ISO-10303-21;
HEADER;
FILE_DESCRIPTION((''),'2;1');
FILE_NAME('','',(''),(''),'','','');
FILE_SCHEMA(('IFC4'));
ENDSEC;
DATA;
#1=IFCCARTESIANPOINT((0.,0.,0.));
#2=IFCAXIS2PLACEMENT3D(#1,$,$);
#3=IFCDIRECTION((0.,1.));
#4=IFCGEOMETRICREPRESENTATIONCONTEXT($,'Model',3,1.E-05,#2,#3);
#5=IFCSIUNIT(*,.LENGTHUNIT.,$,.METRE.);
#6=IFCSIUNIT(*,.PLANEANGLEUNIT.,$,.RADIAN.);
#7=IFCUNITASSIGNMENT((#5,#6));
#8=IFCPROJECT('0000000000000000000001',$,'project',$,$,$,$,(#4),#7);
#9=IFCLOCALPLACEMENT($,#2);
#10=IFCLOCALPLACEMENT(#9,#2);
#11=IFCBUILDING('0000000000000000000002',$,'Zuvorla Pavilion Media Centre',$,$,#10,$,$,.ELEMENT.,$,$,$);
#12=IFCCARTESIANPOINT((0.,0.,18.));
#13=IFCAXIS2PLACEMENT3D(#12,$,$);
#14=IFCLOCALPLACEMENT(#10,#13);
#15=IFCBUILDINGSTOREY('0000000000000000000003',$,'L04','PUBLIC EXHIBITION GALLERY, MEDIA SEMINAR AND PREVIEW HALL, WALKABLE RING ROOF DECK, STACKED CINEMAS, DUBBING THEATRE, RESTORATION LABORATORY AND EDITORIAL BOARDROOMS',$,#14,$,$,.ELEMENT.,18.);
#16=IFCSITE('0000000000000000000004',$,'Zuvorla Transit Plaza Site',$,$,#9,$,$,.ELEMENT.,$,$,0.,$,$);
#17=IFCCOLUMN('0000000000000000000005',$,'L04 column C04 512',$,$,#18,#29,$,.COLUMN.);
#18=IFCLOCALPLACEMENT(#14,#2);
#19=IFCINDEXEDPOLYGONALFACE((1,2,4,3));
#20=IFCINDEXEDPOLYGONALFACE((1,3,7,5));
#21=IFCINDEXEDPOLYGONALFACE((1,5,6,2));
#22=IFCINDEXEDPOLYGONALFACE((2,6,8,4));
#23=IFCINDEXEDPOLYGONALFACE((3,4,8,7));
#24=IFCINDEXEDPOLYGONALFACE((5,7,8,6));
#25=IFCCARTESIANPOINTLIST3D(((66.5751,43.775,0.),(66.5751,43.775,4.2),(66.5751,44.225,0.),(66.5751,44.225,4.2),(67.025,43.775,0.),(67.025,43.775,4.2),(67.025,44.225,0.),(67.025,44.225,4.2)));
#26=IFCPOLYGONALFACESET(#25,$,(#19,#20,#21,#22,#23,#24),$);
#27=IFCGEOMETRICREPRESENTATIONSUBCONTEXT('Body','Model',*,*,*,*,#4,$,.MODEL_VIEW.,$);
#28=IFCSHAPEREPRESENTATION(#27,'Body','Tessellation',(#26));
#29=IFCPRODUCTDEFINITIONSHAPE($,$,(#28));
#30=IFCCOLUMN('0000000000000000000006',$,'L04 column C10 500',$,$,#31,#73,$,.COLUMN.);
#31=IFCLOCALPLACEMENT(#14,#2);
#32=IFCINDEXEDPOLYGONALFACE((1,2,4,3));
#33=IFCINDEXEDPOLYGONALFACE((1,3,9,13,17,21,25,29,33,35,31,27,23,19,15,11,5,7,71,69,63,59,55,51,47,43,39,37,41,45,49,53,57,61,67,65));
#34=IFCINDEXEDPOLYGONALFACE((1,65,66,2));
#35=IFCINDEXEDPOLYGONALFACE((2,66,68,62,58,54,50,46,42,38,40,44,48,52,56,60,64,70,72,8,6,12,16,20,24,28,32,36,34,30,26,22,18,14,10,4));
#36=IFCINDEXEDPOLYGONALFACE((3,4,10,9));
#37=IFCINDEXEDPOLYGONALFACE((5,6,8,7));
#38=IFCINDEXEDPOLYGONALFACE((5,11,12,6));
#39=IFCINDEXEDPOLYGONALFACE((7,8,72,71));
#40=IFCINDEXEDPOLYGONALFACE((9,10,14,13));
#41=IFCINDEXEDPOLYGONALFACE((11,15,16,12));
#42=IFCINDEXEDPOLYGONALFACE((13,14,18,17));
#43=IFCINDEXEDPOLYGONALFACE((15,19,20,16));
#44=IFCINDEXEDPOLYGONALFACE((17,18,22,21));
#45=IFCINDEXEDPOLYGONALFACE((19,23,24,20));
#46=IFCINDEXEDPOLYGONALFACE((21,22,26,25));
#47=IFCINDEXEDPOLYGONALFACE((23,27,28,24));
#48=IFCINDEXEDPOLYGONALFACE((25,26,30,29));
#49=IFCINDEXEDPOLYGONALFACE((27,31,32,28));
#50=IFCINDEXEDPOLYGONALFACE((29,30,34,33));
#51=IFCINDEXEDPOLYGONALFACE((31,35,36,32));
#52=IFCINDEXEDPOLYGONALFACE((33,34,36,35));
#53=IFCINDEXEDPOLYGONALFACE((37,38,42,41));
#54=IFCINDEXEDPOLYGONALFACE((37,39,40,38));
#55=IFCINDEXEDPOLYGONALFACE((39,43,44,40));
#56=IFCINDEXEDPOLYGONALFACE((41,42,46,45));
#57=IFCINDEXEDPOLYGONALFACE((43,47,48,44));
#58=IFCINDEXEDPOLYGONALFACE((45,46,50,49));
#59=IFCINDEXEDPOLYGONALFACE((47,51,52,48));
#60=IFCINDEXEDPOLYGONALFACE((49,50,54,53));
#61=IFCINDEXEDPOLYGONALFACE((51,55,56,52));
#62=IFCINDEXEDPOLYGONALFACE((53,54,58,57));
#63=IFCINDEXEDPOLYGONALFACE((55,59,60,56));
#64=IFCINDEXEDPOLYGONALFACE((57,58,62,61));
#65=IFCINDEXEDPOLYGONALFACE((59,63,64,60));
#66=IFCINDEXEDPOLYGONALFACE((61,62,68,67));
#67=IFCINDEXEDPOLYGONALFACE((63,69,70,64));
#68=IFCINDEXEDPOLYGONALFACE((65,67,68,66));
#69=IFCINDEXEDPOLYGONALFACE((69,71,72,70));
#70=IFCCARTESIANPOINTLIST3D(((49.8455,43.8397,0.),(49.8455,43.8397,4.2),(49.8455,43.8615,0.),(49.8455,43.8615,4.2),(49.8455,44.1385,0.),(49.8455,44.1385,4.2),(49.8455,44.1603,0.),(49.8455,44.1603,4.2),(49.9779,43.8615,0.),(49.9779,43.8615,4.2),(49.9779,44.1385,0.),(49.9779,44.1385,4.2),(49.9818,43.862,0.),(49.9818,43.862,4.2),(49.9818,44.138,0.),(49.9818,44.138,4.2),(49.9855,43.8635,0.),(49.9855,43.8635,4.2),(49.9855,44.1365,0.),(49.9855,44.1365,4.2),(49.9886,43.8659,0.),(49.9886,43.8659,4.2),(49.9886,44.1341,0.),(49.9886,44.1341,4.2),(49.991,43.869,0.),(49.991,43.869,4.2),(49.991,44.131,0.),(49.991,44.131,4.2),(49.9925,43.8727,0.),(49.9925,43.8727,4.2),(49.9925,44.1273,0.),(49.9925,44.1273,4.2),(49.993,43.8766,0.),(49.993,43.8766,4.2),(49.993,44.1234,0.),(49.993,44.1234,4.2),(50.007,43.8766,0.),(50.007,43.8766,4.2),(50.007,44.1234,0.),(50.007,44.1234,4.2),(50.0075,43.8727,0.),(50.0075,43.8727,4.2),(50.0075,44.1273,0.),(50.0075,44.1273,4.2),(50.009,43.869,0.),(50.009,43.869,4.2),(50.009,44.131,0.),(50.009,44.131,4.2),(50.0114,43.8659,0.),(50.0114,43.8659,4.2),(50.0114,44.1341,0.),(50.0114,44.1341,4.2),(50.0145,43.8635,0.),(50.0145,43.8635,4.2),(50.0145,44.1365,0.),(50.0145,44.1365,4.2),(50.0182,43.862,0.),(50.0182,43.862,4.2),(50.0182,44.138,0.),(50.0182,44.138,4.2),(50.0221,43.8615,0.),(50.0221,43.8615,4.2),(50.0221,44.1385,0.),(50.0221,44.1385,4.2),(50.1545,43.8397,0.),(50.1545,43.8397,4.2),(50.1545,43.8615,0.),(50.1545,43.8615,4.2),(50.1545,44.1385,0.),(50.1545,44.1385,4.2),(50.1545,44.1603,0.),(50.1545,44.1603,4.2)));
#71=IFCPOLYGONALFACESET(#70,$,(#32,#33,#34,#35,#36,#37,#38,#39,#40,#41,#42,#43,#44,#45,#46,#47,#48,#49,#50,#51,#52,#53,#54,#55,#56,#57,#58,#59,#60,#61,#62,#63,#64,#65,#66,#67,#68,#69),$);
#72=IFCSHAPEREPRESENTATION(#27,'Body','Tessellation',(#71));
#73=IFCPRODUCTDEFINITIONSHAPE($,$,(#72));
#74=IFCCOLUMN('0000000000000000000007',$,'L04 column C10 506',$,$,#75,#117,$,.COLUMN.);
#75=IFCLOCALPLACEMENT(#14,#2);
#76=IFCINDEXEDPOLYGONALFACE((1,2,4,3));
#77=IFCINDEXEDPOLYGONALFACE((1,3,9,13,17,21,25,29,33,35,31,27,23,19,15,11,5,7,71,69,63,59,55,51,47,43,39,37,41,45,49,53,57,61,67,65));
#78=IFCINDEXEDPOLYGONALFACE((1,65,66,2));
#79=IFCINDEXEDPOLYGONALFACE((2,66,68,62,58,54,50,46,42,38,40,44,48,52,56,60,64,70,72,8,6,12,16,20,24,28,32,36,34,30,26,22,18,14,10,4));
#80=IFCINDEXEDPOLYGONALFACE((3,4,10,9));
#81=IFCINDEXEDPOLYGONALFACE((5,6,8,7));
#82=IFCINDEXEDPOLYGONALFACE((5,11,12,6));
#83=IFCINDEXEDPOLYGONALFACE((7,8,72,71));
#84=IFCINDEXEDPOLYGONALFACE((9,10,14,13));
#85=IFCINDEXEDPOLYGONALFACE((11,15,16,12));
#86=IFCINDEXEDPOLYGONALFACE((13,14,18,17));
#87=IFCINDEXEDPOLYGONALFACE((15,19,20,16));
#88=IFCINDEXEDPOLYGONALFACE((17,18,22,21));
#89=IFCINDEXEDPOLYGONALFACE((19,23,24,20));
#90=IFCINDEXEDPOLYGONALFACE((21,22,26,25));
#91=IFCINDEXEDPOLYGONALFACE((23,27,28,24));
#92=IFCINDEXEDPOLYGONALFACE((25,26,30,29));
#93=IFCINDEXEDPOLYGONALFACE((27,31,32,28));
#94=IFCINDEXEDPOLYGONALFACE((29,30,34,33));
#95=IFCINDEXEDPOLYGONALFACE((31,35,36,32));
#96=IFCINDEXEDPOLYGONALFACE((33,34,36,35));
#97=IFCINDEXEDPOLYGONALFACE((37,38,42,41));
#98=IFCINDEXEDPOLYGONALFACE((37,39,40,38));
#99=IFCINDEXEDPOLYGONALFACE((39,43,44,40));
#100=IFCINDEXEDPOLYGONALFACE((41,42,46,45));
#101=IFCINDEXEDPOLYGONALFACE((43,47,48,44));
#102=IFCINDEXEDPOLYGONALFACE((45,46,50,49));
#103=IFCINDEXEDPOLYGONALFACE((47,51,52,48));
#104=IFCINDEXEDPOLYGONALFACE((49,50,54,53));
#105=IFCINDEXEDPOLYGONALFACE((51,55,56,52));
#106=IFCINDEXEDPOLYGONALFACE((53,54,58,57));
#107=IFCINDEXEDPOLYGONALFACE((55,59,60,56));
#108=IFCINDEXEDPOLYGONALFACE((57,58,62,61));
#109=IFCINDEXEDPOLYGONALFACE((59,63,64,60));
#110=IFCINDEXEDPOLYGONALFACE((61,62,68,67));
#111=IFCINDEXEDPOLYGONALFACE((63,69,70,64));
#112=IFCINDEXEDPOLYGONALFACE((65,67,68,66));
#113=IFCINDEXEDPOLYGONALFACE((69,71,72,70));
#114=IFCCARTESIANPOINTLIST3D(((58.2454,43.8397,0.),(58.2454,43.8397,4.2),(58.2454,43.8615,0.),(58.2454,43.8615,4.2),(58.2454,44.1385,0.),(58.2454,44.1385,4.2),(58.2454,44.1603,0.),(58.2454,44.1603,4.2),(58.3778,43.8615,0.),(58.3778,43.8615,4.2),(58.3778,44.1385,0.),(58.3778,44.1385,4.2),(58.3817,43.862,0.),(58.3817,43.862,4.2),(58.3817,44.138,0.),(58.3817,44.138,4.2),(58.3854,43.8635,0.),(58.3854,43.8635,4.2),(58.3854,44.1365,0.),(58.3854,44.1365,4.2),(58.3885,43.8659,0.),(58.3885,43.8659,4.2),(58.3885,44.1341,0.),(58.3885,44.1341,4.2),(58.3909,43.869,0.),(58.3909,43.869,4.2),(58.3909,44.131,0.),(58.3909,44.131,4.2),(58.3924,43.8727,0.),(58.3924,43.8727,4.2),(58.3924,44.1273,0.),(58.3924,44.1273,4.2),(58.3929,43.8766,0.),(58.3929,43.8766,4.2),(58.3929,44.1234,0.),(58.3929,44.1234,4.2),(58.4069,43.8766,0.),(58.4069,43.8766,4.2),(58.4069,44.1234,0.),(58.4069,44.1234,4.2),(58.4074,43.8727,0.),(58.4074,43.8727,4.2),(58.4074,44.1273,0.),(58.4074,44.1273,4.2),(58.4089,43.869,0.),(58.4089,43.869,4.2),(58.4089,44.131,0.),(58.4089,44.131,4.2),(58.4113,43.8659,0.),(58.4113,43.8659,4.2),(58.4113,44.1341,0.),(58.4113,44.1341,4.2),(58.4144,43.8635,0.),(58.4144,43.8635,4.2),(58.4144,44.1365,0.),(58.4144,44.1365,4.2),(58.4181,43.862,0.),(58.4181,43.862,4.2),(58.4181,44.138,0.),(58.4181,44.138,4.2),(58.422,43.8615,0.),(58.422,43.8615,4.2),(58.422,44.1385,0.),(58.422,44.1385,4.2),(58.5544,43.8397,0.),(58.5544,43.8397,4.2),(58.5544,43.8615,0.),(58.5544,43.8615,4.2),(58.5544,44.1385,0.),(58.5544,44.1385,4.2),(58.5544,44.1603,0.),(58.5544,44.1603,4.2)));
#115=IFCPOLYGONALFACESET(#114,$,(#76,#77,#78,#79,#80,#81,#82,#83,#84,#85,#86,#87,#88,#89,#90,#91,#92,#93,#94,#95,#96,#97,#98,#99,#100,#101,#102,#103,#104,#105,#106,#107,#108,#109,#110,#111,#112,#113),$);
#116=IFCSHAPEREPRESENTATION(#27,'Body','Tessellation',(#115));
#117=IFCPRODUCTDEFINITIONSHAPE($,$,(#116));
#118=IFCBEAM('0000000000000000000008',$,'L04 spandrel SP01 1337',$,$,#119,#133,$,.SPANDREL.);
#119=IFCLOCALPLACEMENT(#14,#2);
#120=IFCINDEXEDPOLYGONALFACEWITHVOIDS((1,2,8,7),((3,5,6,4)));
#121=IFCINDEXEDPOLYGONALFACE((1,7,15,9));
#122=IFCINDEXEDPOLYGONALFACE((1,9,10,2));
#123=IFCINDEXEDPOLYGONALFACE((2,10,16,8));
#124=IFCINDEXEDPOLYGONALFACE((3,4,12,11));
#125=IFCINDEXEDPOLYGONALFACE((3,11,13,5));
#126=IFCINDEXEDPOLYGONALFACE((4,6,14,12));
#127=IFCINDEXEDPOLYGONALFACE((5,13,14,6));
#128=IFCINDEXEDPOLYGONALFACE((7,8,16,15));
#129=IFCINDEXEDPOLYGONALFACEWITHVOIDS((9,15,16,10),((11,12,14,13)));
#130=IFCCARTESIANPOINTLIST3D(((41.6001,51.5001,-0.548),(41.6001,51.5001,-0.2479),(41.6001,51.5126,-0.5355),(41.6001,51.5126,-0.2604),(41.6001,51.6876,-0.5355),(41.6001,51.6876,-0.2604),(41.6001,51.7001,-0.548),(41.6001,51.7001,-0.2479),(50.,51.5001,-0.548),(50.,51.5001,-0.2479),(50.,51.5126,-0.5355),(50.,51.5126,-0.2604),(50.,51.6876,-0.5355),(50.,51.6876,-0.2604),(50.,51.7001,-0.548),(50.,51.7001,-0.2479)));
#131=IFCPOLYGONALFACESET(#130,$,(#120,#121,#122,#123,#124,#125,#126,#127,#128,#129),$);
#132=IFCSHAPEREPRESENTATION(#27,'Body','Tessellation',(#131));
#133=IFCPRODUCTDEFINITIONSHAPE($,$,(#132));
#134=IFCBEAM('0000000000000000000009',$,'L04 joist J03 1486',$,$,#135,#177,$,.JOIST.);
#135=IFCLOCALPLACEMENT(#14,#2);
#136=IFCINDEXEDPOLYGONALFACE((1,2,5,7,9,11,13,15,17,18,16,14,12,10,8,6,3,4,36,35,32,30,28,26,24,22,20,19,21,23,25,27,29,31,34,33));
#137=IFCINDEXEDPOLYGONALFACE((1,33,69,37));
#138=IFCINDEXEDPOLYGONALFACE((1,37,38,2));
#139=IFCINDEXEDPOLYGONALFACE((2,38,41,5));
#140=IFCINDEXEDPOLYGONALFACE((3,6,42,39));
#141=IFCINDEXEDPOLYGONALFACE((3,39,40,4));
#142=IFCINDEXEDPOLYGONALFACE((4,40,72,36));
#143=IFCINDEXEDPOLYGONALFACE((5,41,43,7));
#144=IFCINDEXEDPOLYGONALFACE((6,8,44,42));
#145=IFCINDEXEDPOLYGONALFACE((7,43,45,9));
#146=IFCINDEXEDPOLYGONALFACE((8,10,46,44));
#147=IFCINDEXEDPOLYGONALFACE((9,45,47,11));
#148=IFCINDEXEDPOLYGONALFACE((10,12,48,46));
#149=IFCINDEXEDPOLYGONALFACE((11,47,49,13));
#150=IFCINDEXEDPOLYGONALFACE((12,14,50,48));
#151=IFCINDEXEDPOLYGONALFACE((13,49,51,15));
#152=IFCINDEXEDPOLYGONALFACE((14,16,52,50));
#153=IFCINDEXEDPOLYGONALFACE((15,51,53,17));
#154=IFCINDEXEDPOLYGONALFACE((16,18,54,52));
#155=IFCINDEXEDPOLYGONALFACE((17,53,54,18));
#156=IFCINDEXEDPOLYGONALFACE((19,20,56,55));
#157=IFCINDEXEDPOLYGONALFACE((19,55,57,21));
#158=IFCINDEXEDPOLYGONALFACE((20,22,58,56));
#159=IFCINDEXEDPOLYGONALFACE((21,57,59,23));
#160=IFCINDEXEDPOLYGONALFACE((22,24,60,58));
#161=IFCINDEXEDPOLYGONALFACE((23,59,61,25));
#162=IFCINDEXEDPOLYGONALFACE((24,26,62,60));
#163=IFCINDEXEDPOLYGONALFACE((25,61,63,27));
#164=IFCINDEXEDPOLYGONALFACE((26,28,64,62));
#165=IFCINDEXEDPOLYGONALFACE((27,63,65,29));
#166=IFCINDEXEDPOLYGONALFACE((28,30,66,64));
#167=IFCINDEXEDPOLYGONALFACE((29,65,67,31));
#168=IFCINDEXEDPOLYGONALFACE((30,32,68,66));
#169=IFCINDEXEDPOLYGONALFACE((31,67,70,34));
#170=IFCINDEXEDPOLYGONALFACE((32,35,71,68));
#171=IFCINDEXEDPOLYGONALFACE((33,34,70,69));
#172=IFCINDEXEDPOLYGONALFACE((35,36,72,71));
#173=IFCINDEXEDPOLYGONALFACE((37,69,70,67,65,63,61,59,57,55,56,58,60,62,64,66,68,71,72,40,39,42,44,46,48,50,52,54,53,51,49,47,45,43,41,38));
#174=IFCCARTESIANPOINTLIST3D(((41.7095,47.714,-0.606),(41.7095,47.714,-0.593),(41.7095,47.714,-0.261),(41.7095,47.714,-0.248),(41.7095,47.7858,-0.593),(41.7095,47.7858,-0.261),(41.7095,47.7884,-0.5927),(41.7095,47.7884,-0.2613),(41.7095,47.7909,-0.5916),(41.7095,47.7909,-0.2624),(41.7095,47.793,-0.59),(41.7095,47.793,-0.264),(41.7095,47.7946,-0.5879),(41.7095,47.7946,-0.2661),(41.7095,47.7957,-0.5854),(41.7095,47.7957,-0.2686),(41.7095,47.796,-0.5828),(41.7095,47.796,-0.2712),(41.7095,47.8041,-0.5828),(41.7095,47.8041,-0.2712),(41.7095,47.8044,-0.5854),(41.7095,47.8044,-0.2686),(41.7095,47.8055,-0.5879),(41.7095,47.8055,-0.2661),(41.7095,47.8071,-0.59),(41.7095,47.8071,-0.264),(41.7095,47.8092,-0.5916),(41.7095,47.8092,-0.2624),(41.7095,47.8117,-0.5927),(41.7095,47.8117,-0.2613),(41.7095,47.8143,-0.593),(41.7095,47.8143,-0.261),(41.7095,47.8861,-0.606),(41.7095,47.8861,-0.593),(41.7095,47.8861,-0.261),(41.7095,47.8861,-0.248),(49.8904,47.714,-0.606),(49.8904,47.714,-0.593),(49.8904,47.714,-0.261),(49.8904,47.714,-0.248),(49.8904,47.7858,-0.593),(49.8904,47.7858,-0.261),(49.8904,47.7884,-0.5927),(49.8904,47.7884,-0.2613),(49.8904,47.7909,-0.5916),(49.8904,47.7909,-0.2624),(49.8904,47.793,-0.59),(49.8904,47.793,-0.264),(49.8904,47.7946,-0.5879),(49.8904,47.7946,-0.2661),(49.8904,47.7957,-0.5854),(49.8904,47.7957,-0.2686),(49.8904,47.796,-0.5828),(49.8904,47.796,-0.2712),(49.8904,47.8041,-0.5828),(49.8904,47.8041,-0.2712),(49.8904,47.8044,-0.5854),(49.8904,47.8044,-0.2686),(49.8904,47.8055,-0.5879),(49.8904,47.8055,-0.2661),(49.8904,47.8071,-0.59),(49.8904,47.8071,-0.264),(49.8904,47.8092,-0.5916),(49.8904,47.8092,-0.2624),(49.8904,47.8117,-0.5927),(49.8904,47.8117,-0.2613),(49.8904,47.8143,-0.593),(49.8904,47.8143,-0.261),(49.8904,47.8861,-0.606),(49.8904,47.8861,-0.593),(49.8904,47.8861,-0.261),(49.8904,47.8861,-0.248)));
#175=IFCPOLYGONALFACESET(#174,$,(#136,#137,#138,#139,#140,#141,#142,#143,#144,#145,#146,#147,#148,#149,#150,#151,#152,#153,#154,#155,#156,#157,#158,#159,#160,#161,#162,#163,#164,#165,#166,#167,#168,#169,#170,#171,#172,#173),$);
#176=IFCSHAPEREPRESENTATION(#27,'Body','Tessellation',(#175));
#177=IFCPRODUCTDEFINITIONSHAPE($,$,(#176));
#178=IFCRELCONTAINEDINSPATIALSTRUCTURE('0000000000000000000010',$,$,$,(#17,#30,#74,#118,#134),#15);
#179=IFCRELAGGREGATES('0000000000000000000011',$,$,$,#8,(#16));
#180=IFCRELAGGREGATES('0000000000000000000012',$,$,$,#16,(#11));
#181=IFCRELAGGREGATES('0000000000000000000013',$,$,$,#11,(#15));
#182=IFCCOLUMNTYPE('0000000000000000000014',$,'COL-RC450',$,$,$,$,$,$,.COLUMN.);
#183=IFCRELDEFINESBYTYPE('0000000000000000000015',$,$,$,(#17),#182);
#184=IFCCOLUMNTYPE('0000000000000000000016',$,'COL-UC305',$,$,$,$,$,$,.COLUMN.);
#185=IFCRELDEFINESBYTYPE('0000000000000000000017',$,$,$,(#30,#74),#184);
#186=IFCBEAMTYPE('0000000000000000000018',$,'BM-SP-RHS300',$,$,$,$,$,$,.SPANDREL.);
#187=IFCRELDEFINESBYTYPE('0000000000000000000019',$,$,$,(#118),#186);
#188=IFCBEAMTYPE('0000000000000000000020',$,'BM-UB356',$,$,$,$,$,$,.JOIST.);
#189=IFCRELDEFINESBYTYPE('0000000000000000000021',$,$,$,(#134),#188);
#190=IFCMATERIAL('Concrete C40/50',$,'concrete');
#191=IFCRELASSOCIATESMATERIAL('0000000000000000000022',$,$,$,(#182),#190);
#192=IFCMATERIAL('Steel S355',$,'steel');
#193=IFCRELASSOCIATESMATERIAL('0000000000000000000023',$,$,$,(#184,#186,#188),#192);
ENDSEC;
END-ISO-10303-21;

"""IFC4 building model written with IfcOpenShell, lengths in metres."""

from ifc_helpers import new_model, si_unit, direction, frame, origin, origin_2d, place, context, subcontext, project, spatial, rectangle, hollow_rectangle, i_section, extrude, material, material_profile, profile_set, type_object, element, save


model = new_model("IFC4")

# Units and contexts
model_context = context("Model", 3, precision=1e-05, world=origin(), true_north=direction((0.0, 1.0)))
body_context = subcontext(model_context, "Body", "Model", "MODEL_VIEW")
ifc_project = project(units=[si_unit("LENGTHUNIT", "METRE"), si_unit("PLANEANGLEUNIT", "RADIAN")], contexts=[model_context])

# Site, building, storey
site_placement = place(None, origin())
site = spatial("IfcSite", under=ifc_project, at=site_placement, Name="Zuvorla Transit Plaza Site", CompositionType="ELEMENT", RefElevation=0.0)
building_placement = place(site_placement, origin())
building = spatial("IfcBuilding", under=site, at=building_placement, Name="Zuvorla Pavilion Media Centre", CompositionType="ELEMENT")
storey_placement = place(building_placement, frame((0.0, 0.0, 18.0)))
storey = spatial("IfcBuildingStorey", under=building, at=storey_placement, Name="L04", Description="PUBLIC EXHIBITION GALLERY, MEDIA SEMINAR AND PREVIEW HALL, WALKABLE RING ROOF DECK, STACKED CINEMAS, DUBBING THEATRE, RESTORATION LABORATORY AND EDITORIAL BOARDROOMS", CompositionType="ELEMENT", Elevation=18.0)

# Columns
ifc_material_1 = material(Name="Concrete C40/50", Category="concrete")
ifc_material_profile_1 = material_profile(ifc_material_1, rectangle(XDim=0.45, YDim=0.45, at=origin_2d()), Name="RC 450x450")
ifc_profile_set_1 = profile_set([ifc_material_profile_1], Name="Concrete C40/50")
column_type_1 = type_object("IfcColumnType", Name="COL-RC450", PredefinedType="COLUMN", material=ifc_profile_set_1)
column_placement = place(storey_placement, frame((66.8, 44.0, 0.0), z_axis=(0.0, 0.0, 1.0), x_axis=(1.0, 0.0, 0.0)))
element("IfcColumn", 1, at=column_placement, inside=storey, type_object=column_type_1, Name="L04 column C04 512", PredefinedType="COLUMN", context=body_context, shape_type="SweptSolid", body=[
    extrude(rectangle(XDim=0.45, YDim=0.45, at=origin_2d()), origin(), (0.0, 0.0, 1.0), 4.2),
])
ifc_material_2 = material(Name="Steel S355", Category="steel")
ifc_material_profile_2 = material_profile(ifc_material_2, i_section(OverallWidth=0.3091, OverallDepth=0.3206, WebThickness=0.0139, FlangeThickness=0.0217, FilletRadius=0.0151, at=origin_2d()), Name="UC 305x305x137")
ifc_profile_set_2 = profile_set([ifc_material_profile_2], Name="Steel S355")
column_type_2 = type_object("IfcColumnType", Name="COL-UC305", PredefinedType="COLUMN", material=ifc_profile_set_2)
for number, where, z_axis, x_axis, name in (
    (2, (50.0, 44.0, 0.0), (0.0, 0.0, 1.0), (1.0, 0.0, 0.0), "L04 column C10 500"),
    (3, (58.3999, 44.0, 0.0), (0.0, 0.0, 1.0), (1.0, 0.0, 0.0), "L04 column C10 506"),
):
    element("IfcColumn", number, at=place(storey_placement, frame(where, z_axis=z_axis, x_axis=x_axis)), inside=storey, type_object=column_type_2, Name=name, PredefinedType="COLUMN", context=body_context, shape_type="SweptSolid", body=[
        extrude(i_section(OverallWidth=0.3091, OverallDepth=0.3206, WebThickness=0.0139, FlangeThickness=0.0217, FilletRadius=0.0151, at=origin_2d()), origin(), (0.0, 0.0, 1.0), 4.2),
    ])

# Beams
ifc_material_profile_3 = material_profile(ifc_material_2, hollow_rectangle(XDim=0.2, YDim=0.3, WallThickness=0.0125, at=origin_2d()), Name="RHS 300x200x12.5")
ifc_profile_set_3 = profile_set([ifc_material_profile_3], Name="Steel S355")
beam_type_1 = type_object("IfcBeamType", Name="BM-SP-RHS300", PredefinedType="SPANDREL", material=ifc_profile_set_3)
beam_1_placement = place(storey_placement, frame((41.6001, 51.6001, -0.3979), z_axis=(1.0, 0.0, 0.0), x_axis=(0.0, 1.0, 0.0)))
element("IfcBeam", 4, at=beam_1_placement, inside=storey, type_object=beam_type_1, Name="L04 spandrel SP01 1337", PredefinedType="SPANDREL", context=body_context, shape_type="SweptSolid", body=[
    extrude(hollow_rectangle(XDim=0.2, YDim=0.3, WallThickness=0.0125, at=origin_2d()), origin(), (0.0, 0.0, 1.0), 8.3999),
])
ifc_material_profile_4 = material_profile(ifc_material_2, i_section(OverallWidth=0.1721, OverallDepth=0.3579, WebThickness=0.0081, FlangeThickness=0.0129, FilletRadius=0.0103, at=origin_2d()), Name="UB 356x171x57")
ifc_profile_set_4 = profile_set([ifc_material_profile_4], Name="Steel S355")
beam_type_2 = type_object("IfcBeamType", Name="BM-UB356", PredefinedType="JOIST", material=ifc_profile_set_4)
for number, where, z_axis, x_axis, name in (
    (5, (41.7095, 47.8, -0.427), (1.0, 0.0, 0.0), (0.0, 1.0, 0.0), "L04 joist J03 1486"),
):
    element("IfcBeam", number, at=place(storey_placement, frame(where, z_axis=z_axis, x_axis=x_axis)), inside=storey, type_object=beam_type_2, Name=name, PredefinedType="JOIST", context=body_context, shape_type="SweptSolid", body=[
        extrude(i_section(OverallWidth=0.1721, OverallDepth=0.3579, WebThickness=0.0081, FlangeThickness=0.0129, FilletRadius=0.0103, at=origin_2d()), origin(), (0.0, 0.0, 1.0), 8.1809),
    ])

save(model, "model.ifc")
